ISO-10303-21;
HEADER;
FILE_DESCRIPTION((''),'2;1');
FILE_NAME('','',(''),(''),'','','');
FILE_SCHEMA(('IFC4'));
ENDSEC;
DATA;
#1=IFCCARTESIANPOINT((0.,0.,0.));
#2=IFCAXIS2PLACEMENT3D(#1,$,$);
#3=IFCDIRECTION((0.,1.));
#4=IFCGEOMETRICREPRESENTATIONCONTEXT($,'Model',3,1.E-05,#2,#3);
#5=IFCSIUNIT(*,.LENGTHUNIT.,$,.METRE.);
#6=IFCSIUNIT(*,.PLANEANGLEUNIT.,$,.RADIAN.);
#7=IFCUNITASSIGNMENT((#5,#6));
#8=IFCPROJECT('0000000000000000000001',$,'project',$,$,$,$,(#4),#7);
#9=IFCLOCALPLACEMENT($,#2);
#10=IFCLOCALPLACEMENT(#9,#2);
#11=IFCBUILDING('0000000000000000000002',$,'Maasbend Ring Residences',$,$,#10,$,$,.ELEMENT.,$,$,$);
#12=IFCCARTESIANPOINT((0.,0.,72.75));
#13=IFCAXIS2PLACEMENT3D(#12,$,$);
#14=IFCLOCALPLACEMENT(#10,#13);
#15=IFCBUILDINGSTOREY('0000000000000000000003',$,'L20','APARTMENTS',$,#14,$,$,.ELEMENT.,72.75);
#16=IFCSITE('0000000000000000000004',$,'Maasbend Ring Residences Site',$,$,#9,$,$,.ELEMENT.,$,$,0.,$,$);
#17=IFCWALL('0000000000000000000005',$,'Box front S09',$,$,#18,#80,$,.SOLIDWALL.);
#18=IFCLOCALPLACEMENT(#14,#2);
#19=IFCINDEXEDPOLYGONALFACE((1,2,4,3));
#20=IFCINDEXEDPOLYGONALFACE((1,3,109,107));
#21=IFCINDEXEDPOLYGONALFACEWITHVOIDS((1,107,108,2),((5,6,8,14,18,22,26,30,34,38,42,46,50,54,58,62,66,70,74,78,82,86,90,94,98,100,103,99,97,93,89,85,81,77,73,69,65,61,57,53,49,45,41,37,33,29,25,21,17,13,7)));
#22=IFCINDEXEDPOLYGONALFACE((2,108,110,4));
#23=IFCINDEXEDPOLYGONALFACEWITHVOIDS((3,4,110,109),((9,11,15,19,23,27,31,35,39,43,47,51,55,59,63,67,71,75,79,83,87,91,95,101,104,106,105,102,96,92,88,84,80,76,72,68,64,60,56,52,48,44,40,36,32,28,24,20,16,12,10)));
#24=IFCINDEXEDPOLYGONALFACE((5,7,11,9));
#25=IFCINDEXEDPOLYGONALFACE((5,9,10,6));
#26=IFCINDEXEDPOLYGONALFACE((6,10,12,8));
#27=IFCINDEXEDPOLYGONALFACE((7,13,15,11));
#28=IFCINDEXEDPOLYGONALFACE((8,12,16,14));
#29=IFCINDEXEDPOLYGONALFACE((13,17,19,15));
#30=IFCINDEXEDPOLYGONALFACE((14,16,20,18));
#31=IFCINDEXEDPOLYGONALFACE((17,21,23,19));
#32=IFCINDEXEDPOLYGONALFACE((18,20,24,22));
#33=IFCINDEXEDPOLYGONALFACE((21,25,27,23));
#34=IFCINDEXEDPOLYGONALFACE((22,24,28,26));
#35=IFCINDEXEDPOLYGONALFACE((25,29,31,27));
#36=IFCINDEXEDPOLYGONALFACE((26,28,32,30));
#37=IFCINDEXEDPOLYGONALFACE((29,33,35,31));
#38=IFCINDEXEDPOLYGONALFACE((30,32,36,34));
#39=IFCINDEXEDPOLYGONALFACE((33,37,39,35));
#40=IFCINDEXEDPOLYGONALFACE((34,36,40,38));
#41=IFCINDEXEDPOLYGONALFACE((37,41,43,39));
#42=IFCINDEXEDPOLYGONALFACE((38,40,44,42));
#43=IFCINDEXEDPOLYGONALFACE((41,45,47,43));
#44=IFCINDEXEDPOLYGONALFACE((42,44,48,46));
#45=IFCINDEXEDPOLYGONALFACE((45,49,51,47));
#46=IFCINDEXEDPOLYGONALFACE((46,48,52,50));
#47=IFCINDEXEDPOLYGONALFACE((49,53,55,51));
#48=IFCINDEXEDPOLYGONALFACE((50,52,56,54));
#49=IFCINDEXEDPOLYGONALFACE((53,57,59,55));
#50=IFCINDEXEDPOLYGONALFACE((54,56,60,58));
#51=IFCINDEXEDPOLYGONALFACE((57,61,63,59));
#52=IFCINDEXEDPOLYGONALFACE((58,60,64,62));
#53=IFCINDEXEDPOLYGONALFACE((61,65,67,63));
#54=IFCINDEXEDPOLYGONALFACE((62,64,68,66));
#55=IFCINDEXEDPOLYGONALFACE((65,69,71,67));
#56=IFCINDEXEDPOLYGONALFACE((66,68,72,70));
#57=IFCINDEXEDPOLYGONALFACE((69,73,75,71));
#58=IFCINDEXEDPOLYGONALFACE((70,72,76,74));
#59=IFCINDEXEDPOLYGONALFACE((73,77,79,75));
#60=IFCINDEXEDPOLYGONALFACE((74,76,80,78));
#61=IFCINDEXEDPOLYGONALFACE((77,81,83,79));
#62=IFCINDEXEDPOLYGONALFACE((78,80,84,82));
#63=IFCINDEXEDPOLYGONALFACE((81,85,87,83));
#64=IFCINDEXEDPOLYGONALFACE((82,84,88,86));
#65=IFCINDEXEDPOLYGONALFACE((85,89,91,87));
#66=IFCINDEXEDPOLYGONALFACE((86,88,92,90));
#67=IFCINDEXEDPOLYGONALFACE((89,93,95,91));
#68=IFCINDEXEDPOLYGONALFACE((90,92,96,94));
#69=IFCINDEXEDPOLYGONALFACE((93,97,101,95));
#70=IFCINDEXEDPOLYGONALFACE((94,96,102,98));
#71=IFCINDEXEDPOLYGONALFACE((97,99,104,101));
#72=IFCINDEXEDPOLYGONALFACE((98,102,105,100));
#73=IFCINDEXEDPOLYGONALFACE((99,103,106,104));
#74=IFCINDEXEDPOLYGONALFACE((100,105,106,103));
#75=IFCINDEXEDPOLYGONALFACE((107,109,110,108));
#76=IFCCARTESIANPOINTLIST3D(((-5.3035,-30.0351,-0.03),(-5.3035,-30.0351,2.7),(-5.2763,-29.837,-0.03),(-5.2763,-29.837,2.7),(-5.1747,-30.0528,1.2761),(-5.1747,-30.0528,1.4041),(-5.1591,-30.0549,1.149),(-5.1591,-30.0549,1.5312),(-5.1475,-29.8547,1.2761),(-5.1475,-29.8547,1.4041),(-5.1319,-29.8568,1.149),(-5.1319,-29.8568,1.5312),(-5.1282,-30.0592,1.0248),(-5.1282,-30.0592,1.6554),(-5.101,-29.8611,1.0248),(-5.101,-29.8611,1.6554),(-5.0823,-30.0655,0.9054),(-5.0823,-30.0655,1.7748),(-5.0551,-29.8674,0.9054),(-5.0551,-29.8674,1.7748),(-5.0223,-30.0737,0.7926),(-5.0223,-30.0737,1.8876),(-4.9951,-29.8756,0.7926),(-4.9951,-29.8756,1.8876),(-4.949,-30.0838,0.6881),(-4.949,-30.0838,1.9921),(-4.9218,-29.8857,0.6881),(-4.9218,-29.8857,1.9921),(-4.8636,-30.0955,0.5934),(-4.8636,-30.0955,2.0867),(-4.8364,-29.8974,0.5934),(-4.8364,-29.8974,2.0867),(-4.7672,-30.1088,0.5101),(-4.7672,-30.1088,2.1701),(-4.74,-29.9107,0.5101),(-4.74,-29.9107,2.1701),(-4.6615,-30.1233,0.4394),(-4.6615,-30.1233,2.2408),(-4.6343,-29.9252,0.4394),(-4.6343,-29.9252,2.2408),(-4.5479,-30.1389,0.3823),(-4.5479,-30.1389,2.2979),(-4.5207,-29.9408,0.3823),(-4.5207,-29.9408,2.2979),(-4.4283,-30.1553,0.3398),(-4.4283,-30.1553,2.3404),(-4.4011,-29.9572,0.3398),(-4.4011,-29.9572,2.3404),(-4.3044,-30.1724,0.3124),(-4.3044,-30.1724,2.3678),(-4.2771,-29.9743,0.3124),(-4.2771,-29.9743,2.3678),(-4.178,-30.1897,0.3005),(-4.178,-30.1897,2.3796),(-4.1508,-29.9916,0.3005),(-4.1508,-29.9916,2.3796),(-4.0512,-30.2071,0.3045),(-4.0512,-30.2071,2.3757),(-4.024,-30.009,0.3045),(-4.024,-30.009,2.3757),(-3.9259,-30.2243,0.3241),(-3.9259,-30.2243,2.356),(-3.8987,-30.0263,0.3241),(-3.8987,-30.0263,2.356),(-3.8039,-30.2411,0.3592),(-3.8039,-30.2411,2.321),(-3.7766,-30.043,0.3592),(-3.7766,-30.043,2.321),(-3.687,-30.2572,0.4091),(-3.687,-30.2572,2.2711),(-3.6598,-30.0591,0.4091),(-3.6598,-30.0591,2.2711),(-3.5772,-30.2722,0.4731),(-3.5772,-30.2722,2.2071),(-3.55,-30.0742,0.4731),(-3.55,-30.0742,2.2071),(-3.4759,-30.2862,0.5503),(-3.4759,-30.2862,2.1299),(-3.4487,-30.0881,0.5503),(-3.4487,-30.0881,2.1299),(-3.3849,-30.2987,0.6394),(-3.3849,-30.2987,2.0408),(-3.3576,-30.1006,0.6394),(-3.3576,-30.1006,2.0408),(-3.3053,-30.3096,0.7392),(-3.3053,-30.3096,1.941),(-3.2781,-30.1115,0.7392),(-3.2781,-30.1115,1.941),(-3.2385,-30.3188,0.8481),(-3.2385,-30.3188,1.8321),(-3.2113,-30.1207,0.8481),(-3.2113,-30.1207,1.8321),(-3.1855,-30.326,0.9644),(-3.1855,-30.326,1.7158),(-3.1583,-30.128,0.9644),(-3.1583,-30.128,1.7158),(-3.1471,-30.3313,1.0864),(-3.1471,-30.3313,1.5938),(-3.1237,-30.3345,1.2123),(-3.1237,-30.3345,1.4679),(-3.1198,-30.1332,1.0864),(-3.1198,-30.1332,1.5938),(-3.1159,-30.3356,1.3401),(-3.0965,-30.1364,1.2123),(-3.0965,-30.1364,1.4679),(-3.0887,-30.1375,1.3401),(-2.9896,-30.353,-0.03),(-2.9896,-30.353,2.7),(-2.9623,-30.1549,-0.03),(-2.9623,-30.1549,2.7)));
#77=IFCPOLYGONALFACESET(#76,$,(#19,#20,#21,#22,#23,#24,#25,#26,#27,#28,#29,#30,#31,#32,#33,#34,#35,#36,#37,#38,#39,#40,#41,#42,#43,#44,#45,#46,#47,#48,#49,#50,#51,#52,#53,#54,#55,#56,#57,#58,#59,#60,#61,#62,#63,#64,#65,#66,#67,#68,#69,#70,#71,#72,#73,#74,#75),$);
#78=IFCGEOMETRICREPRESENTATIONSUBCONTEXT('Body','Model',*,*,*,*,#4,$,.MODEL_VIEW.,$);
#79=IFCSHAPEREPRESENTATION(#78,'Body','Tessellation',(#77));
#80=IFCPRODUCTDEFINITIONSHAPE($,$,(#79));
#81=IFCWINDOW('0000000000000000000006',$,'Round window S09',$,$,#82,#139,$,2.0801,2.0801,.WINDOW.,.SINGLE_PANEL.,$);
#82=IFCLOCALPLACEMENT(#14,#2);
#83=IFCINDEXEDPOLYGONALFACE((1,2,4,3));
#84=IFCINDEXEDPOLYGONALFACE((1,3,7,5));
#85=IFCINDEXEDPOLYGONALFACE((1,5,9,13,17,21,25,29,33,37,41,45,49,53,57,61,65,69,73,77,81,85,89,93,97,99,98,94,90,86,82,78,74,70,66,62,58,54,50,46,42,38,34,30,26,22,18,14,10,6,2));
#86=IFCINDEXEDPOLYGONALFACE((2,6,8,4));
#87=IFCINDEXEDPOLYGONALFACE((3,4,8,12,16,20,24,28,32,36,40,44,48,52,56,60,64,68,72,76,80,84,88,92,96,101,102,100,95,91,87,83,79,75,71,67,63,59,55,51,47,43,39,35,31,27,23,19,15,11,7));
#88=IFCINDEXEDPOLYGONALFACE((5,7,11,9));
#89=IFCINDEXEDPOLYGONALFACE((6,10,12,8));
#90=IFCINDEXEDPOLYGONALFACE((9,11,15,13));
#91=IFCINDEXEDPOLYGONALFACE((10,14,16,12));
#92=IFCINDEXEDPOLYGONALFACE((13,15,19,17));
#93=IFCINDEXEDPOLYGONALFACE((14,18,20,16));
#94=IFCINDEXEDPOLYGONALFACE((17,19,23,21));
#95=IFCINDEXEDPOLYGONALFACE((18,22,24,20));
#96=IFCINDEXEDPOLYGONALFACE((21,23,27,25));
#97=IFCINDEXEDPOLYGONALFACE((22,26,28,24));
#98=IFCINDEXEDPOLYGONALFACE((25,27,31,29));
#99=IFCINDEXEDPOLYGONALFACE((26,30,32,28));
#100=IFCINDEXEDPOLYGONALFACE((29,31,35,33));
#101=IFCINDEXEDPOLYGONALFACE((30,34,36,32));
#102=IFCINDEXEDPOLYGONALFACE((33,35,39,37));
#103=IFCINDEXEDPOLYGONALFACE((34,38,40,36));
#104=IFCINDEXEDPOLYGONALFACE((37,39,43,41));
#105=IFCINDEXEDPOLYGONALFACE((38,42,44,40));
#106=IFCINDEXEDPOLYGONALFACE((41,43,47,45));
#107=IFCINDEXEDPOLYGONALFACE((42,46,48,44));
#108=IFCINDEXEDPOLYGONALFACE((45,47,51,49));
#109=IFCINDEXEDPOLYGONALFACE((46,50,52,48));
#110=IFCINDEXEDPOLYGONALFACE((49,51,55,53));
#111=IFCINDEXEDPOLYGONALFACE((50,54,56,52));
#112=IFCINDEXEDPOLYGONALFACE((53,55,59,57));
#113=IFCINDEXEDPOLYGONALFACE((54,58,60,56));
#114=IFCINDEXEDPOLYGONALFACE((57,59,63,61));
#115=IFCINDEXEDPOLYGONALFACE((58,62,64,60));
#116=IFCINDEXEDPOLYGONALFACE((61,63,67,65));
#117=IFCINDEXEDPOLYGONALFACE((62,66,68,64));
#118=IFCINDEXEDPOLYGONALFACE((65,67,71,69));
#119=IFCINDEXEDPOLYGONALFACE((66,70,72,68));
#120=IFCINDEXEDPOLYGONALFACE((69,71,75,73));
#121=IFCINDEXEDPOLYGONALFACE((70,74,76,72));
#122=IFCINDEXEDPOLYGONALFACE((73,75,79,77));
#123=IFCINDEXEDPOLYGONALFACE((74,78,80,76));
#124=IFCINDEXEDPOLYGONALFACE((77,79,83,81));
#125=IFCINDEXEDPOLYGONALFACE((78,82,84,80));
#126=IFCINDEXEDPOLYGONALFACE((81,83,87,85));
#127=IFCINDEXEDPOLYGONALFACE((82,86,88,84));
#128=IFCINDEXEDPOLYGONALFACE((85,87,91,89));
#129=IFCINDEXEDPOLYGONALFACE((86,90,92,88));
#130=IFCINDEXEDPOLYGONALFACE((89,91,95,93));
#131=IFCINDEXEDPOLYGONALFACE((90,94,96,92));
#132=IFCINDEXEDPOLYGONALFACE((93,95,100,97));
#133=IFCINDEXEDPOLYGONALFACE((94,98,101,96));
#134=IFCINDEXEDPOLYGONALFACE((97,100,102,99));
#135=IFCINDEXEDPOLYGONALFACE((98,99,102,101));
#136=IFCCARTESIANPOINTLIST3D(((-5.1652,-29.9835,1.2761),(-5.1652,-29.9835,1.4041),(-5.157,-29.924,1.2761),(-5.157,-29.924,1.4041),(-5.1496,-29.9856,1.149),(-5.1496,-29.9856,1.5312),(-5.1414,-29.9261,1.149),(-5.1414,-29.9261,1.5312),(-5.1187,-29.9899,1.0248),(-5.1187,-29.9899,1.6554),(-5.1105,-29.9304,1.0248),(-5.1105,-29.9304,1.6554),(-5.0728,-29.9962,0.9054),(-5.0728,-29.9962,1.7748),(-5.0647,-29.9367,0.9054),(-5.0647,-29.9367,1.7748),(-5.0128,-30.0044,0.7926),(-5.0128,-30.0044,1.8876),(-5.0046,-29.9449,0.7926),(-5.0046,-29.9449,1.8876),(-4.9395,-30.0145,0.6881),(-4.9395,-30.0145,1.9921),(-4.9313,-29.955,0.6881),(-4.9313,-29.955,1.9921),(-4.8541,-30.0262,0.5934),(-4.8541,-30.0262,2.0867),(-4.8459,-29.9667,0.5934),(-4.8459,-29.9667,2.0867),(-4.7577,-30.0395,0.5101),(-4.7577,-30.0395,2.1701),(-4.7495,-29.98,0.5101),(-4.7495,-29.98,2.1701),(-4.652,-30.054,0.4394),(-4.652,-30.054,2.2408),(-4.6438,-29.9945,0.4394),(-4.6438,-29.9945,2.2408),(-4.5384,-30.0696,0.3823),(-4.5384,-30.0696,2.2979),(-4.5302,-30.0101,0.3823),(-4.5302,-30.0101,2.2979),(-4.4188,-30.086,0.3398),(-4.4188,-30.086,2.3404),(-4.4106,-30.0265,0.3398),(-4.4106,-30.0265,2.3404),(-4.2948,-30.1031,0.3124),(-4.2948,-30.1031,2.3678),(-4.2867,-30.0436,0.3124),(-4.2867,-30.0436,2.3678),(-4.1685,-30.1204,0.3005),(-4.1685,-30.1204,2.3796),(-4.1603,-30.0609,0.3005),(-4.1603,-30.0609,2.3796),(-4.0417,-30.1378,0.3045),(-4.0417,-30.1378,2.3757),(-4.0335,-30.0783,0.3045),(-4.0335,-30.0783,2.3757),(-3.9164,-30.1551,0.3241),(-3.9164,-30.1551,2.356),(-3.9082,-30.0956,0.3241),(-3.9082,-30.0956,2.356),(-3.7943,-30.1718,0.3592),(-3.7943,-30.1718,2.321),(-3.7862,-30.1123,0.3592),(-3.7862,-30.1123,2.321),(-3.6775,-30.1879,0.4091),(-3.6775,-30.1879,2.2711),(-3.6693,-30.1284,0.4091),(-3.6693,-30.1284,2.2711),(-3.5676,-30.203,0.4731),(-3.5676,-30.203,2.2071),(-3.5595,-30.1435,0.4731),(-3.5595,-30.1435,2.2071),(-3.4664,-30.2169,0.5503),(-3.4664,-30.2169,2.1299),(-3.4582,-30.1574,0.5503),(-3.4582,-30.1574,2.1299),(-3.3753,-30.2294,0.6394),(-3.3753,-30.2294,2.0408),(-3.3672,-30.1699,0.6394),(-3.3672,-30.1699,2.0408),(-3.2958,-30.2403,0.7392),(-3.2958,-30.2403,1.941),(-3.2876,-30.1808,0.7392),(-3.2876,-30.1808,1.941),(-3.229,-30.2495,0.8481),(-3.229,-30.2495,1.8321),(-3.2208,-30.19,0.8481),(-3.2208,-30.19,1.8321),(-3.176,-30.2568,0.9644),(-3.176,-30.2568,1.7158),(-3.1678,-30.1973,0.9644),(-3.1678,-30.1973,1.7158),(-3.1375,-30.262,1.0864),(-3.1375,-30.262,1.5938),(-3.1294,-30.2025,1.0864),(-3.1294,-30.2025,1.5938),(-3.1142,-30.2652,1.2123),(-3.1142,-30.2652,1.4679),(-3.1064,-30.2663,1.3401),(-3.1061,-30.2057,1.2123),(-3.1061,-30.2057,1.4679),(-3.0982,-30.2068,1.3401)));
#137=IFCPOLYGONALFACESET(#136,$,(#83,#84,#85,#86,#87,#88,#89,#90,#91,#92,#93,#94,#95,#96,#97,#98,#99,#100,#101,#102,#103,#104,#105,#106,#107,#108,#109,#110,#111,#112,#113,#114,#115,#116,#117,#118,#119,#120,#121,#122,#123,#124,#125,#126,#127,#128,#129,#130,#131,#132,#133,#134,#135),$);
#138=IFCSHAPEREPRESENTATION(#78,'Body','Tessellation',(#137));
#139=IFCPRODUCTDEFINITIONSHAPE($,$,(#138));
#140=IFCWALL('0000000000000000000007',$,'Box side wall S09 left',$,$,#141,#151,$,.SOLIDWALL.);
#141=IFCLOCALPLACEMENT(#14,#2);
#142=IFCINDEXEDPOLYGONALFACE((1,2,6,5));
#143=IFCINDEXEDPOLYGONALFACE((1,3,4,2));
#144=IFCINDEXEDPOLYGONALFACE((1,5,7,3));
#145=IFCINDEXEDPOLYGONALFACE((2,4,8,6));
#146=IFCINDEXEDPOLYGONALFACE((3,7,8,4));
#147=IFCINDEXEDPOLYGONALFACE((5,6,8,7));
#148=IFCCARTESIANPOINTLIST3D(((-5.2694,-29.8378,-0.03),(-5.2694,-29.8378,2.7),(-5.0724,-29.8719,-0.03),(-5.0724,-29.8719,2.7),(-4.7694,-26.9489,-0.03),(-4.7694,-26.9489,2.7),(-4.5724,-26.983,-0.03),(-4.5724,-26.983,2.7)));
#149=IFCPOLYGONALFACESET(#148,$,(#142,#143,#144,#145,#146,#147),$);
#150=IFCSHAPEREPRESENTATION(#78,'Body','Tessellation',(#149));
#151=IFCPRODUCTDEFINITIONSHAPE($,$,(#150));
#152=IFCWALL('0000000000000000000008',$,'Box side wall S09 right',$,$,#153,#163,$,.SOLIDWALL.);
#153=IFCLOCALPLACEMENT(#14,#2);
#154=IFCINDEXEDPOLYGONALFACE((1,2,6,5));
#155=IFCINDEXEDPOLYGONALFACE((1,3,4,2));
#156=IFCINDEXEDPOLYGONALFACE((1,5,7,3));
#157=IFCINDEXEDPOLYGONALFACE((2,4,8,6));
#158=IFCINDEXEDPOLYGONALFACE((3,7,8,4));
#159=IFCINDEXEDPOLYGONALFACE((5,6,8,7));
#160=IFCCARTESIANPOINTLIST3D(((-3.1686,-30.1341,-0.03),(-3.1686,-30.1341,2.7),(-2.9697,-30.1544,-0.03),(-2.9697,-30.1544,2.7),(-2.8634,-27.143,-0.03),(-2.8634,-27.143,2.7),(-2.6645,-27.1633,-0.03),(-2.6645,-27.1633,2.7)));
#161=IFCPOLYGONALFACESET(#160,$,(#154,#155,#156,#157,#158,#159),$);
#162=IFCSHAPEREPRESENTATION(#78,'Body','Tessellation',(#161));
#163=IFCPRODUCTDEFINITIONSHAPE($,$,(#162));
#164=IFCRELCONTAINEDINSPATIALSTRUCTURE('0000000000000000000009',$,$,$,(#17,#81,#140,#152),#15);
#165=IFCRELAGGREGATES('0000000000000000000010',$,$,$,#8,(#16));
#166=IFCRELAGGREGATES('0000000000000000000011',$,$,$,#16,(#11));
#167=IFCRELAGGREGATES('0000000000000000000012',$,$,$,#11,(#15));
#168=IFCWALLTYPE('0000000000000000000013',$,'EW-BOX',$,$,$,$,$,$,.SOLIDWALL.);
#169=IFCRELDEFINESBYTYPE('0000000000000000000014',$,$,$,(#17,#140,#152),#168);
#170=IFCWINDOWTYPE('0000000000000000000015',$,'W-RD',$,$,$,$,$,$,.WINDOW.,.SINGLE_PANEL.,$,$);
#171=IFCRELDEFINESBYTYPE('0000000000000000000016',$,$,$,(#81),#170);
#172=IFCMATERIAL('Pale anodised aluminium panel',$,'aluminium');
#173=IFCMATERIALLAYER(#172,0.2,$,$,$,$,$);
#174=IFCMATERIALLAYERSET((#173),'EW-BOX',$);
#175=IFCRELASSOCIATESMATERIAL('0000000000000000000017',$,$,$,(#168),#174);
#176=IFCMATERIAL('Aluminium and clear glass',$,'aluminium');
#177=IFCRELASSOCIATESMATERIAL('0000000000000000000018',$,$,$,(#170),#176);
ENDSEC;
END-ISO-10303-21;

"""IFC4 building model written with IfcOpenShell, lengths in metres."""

from ifc_helpers import new_model, si_unit, direction, frame, frame_2d, origin, place, context, subcontext, project, spatial, rectangle, circle, extrude, material, layer, layer_set, type_object, element, fill, save


model = new_model("IFC4")

# Units and contexts
model_context = context("Model", 3, precision=1e-05, world=origin(), true_north=direction((0.0, 1.0)))
body_context = subcontext(model_context, "Body", "Model", "MODEL_VIEW")
ifc_project = project(units=[si_unit("LENGTHUNIT", "METRE"), si_unit("PLANEANGLEUNIT", "RADIAN")], contexts=[model_context])

# Site, building, storey
site_placement = place(None, origin())
site = spatial("IfcSite", under=ifc_project, at=site_placement, Name="Maasbend Ring Residences Site", CompositionType="ELEMENT", RefElevation=0.0)
building_placement = place(site_placement, origin())
building = spatial("IfcBuilding", under=site, at=building_placement, Name="Maasbend Ring Residences", CompositionType="ELEMENT")
storey_placement = place(building_placement, frame((0.0, 0.0, 72.75)))
storey = spatial("IfcBuildingStorey", under=building, at=storey_placement, Name="L20", Description="APARTMENTS", CompositionType="ELEMENT", Elevation=72.75)

# Shared definitions
ifc_material_1 = material(Name="Pale anodised aluminium panel", Category="aluminium")
ifc_layer_1 = layer(ifc_material_1, 0.2)
ifc_layer_set_1 = layer_set([ifc_layer_1], Name="EW-BOX")
wall_type_1 = type_object("IfcWallType", Name="EW-BOX", PredefinedType="SOLIDWALL", material=ifc_layer_set_1)

# Wall, opening, window
wall_1_placement = place(storey_placement, frame((-5.29, -29.936, -0.03), z_axis=(0.0, 0.0, 1.0), x_axis=(0.990696, -0.136093, 0.0)))
wall_1 = element("IfcWall", 1, at=wall_1_placement, inside=storey, type_object=wall_type_1, Name="Box front S09", PredefinedType="SOLIDWALL", context=body_context, shape_type="SweptSolid", body=[
    extrude(rectangle(XDim=2.3357, YDim=0.2, at=frame_2d((1.168, 0.0))), origin(), (0.0, 0.0, 1.0), 2.73),
])
opening_1_placement = place(wall_1_placement, frame((0.1282, 0.0, 0.3301)))
opening_1 = element("IfcOpeningElement", 2, at=opening_1_placement, cuts=wall_1, PredefinedType="OPENING", context=body_context, shape_type="SweptSolid", body=[
    extrude(circle(Radius=1.04, at=frame_2d((1.04, 1.04))), frame((0.0, 0.1099, 0.0), z_axis=(0.0, -1.0, 0.0), x_axis=(1.0, 0.0, 0.0)), (0.0, 0.0, 1.0), 0.22),
])
ifc_material_2 = material(Name="Aluminium and clear glass", Category="aluminium")
window_type_1 = type_object("IfcWindowType", Name="W-RD", PartitioningType="SINGLE_PANEL", PredefinedType="WINDOW", material=ifc_material_2)
window_1_placement = place(opening_1_placement, origin())
window_1 = element("IfcWindow", 3, at=window_1_placement, inside=storey, type_object=window_type_1, Name="Round window S09", OverallHeight=2.0801, OverallWidth=2.0801, PartitioningType="SINGLE_PANEL", PredefinedType="WINDOW", context=body_context, shape_type="SweptSolid", body=[
    extrude(circle(Radius=1.04, at=frame_2d((1.04, 1.04))), frame((0.0, 0.03, 0.0), z_axis=(0.0, -1.0, 0.0), x_axis=(1.0, 0.0, 0.0)), (0.0, 0.0, 1.0), 0.0601),
])
fill(opening_1, window_1)

# Walls
wall_2_placement = place(storey_placement, frame((-4.6709, -26.9661, -0.03), z_axis=(0.0, 0.0, 1.0), x_axis=(-0.17054, -0.985351, 0.0)))
element("IfcWall", 4, at=wall_2_placement, inside=storey, type_object=wall_type_1, Name="Box side wall S09 left", PredefinedType="SOLIDWALL", context=body_context, shape_type="SweptSolid", body=[
    extrude(rectangle(XDim=2.9319, YDim=0.2, at=frame_2d((1.4658, 0.0))), origin(), (0.0, 0.0, 1.0), 2.73),
])
wall_3_placement = place(storey_placement, frame((-2.7639, -27.1531, -0.03), z_axis=(0.0, 0.0, 1.0), x_axis=(-0.101505, -0.994835, 0.0)))
element("IfcWall", 5, at=wall_3_placement, inside=storey, type_object=wall_type_1, Name="Box side wall S09 right", PredefinedType="SOLIDWALL", context=body_context, shape_type="SweptSolid", body=[
    extrude(rectangle(XDim=3.0066, YDim=0.2, at=frame_2d((1.5034, 0.0))), origin(), (0.0, 0.0, 1.0), 2.73),
])

save(model, "model.ifc")
